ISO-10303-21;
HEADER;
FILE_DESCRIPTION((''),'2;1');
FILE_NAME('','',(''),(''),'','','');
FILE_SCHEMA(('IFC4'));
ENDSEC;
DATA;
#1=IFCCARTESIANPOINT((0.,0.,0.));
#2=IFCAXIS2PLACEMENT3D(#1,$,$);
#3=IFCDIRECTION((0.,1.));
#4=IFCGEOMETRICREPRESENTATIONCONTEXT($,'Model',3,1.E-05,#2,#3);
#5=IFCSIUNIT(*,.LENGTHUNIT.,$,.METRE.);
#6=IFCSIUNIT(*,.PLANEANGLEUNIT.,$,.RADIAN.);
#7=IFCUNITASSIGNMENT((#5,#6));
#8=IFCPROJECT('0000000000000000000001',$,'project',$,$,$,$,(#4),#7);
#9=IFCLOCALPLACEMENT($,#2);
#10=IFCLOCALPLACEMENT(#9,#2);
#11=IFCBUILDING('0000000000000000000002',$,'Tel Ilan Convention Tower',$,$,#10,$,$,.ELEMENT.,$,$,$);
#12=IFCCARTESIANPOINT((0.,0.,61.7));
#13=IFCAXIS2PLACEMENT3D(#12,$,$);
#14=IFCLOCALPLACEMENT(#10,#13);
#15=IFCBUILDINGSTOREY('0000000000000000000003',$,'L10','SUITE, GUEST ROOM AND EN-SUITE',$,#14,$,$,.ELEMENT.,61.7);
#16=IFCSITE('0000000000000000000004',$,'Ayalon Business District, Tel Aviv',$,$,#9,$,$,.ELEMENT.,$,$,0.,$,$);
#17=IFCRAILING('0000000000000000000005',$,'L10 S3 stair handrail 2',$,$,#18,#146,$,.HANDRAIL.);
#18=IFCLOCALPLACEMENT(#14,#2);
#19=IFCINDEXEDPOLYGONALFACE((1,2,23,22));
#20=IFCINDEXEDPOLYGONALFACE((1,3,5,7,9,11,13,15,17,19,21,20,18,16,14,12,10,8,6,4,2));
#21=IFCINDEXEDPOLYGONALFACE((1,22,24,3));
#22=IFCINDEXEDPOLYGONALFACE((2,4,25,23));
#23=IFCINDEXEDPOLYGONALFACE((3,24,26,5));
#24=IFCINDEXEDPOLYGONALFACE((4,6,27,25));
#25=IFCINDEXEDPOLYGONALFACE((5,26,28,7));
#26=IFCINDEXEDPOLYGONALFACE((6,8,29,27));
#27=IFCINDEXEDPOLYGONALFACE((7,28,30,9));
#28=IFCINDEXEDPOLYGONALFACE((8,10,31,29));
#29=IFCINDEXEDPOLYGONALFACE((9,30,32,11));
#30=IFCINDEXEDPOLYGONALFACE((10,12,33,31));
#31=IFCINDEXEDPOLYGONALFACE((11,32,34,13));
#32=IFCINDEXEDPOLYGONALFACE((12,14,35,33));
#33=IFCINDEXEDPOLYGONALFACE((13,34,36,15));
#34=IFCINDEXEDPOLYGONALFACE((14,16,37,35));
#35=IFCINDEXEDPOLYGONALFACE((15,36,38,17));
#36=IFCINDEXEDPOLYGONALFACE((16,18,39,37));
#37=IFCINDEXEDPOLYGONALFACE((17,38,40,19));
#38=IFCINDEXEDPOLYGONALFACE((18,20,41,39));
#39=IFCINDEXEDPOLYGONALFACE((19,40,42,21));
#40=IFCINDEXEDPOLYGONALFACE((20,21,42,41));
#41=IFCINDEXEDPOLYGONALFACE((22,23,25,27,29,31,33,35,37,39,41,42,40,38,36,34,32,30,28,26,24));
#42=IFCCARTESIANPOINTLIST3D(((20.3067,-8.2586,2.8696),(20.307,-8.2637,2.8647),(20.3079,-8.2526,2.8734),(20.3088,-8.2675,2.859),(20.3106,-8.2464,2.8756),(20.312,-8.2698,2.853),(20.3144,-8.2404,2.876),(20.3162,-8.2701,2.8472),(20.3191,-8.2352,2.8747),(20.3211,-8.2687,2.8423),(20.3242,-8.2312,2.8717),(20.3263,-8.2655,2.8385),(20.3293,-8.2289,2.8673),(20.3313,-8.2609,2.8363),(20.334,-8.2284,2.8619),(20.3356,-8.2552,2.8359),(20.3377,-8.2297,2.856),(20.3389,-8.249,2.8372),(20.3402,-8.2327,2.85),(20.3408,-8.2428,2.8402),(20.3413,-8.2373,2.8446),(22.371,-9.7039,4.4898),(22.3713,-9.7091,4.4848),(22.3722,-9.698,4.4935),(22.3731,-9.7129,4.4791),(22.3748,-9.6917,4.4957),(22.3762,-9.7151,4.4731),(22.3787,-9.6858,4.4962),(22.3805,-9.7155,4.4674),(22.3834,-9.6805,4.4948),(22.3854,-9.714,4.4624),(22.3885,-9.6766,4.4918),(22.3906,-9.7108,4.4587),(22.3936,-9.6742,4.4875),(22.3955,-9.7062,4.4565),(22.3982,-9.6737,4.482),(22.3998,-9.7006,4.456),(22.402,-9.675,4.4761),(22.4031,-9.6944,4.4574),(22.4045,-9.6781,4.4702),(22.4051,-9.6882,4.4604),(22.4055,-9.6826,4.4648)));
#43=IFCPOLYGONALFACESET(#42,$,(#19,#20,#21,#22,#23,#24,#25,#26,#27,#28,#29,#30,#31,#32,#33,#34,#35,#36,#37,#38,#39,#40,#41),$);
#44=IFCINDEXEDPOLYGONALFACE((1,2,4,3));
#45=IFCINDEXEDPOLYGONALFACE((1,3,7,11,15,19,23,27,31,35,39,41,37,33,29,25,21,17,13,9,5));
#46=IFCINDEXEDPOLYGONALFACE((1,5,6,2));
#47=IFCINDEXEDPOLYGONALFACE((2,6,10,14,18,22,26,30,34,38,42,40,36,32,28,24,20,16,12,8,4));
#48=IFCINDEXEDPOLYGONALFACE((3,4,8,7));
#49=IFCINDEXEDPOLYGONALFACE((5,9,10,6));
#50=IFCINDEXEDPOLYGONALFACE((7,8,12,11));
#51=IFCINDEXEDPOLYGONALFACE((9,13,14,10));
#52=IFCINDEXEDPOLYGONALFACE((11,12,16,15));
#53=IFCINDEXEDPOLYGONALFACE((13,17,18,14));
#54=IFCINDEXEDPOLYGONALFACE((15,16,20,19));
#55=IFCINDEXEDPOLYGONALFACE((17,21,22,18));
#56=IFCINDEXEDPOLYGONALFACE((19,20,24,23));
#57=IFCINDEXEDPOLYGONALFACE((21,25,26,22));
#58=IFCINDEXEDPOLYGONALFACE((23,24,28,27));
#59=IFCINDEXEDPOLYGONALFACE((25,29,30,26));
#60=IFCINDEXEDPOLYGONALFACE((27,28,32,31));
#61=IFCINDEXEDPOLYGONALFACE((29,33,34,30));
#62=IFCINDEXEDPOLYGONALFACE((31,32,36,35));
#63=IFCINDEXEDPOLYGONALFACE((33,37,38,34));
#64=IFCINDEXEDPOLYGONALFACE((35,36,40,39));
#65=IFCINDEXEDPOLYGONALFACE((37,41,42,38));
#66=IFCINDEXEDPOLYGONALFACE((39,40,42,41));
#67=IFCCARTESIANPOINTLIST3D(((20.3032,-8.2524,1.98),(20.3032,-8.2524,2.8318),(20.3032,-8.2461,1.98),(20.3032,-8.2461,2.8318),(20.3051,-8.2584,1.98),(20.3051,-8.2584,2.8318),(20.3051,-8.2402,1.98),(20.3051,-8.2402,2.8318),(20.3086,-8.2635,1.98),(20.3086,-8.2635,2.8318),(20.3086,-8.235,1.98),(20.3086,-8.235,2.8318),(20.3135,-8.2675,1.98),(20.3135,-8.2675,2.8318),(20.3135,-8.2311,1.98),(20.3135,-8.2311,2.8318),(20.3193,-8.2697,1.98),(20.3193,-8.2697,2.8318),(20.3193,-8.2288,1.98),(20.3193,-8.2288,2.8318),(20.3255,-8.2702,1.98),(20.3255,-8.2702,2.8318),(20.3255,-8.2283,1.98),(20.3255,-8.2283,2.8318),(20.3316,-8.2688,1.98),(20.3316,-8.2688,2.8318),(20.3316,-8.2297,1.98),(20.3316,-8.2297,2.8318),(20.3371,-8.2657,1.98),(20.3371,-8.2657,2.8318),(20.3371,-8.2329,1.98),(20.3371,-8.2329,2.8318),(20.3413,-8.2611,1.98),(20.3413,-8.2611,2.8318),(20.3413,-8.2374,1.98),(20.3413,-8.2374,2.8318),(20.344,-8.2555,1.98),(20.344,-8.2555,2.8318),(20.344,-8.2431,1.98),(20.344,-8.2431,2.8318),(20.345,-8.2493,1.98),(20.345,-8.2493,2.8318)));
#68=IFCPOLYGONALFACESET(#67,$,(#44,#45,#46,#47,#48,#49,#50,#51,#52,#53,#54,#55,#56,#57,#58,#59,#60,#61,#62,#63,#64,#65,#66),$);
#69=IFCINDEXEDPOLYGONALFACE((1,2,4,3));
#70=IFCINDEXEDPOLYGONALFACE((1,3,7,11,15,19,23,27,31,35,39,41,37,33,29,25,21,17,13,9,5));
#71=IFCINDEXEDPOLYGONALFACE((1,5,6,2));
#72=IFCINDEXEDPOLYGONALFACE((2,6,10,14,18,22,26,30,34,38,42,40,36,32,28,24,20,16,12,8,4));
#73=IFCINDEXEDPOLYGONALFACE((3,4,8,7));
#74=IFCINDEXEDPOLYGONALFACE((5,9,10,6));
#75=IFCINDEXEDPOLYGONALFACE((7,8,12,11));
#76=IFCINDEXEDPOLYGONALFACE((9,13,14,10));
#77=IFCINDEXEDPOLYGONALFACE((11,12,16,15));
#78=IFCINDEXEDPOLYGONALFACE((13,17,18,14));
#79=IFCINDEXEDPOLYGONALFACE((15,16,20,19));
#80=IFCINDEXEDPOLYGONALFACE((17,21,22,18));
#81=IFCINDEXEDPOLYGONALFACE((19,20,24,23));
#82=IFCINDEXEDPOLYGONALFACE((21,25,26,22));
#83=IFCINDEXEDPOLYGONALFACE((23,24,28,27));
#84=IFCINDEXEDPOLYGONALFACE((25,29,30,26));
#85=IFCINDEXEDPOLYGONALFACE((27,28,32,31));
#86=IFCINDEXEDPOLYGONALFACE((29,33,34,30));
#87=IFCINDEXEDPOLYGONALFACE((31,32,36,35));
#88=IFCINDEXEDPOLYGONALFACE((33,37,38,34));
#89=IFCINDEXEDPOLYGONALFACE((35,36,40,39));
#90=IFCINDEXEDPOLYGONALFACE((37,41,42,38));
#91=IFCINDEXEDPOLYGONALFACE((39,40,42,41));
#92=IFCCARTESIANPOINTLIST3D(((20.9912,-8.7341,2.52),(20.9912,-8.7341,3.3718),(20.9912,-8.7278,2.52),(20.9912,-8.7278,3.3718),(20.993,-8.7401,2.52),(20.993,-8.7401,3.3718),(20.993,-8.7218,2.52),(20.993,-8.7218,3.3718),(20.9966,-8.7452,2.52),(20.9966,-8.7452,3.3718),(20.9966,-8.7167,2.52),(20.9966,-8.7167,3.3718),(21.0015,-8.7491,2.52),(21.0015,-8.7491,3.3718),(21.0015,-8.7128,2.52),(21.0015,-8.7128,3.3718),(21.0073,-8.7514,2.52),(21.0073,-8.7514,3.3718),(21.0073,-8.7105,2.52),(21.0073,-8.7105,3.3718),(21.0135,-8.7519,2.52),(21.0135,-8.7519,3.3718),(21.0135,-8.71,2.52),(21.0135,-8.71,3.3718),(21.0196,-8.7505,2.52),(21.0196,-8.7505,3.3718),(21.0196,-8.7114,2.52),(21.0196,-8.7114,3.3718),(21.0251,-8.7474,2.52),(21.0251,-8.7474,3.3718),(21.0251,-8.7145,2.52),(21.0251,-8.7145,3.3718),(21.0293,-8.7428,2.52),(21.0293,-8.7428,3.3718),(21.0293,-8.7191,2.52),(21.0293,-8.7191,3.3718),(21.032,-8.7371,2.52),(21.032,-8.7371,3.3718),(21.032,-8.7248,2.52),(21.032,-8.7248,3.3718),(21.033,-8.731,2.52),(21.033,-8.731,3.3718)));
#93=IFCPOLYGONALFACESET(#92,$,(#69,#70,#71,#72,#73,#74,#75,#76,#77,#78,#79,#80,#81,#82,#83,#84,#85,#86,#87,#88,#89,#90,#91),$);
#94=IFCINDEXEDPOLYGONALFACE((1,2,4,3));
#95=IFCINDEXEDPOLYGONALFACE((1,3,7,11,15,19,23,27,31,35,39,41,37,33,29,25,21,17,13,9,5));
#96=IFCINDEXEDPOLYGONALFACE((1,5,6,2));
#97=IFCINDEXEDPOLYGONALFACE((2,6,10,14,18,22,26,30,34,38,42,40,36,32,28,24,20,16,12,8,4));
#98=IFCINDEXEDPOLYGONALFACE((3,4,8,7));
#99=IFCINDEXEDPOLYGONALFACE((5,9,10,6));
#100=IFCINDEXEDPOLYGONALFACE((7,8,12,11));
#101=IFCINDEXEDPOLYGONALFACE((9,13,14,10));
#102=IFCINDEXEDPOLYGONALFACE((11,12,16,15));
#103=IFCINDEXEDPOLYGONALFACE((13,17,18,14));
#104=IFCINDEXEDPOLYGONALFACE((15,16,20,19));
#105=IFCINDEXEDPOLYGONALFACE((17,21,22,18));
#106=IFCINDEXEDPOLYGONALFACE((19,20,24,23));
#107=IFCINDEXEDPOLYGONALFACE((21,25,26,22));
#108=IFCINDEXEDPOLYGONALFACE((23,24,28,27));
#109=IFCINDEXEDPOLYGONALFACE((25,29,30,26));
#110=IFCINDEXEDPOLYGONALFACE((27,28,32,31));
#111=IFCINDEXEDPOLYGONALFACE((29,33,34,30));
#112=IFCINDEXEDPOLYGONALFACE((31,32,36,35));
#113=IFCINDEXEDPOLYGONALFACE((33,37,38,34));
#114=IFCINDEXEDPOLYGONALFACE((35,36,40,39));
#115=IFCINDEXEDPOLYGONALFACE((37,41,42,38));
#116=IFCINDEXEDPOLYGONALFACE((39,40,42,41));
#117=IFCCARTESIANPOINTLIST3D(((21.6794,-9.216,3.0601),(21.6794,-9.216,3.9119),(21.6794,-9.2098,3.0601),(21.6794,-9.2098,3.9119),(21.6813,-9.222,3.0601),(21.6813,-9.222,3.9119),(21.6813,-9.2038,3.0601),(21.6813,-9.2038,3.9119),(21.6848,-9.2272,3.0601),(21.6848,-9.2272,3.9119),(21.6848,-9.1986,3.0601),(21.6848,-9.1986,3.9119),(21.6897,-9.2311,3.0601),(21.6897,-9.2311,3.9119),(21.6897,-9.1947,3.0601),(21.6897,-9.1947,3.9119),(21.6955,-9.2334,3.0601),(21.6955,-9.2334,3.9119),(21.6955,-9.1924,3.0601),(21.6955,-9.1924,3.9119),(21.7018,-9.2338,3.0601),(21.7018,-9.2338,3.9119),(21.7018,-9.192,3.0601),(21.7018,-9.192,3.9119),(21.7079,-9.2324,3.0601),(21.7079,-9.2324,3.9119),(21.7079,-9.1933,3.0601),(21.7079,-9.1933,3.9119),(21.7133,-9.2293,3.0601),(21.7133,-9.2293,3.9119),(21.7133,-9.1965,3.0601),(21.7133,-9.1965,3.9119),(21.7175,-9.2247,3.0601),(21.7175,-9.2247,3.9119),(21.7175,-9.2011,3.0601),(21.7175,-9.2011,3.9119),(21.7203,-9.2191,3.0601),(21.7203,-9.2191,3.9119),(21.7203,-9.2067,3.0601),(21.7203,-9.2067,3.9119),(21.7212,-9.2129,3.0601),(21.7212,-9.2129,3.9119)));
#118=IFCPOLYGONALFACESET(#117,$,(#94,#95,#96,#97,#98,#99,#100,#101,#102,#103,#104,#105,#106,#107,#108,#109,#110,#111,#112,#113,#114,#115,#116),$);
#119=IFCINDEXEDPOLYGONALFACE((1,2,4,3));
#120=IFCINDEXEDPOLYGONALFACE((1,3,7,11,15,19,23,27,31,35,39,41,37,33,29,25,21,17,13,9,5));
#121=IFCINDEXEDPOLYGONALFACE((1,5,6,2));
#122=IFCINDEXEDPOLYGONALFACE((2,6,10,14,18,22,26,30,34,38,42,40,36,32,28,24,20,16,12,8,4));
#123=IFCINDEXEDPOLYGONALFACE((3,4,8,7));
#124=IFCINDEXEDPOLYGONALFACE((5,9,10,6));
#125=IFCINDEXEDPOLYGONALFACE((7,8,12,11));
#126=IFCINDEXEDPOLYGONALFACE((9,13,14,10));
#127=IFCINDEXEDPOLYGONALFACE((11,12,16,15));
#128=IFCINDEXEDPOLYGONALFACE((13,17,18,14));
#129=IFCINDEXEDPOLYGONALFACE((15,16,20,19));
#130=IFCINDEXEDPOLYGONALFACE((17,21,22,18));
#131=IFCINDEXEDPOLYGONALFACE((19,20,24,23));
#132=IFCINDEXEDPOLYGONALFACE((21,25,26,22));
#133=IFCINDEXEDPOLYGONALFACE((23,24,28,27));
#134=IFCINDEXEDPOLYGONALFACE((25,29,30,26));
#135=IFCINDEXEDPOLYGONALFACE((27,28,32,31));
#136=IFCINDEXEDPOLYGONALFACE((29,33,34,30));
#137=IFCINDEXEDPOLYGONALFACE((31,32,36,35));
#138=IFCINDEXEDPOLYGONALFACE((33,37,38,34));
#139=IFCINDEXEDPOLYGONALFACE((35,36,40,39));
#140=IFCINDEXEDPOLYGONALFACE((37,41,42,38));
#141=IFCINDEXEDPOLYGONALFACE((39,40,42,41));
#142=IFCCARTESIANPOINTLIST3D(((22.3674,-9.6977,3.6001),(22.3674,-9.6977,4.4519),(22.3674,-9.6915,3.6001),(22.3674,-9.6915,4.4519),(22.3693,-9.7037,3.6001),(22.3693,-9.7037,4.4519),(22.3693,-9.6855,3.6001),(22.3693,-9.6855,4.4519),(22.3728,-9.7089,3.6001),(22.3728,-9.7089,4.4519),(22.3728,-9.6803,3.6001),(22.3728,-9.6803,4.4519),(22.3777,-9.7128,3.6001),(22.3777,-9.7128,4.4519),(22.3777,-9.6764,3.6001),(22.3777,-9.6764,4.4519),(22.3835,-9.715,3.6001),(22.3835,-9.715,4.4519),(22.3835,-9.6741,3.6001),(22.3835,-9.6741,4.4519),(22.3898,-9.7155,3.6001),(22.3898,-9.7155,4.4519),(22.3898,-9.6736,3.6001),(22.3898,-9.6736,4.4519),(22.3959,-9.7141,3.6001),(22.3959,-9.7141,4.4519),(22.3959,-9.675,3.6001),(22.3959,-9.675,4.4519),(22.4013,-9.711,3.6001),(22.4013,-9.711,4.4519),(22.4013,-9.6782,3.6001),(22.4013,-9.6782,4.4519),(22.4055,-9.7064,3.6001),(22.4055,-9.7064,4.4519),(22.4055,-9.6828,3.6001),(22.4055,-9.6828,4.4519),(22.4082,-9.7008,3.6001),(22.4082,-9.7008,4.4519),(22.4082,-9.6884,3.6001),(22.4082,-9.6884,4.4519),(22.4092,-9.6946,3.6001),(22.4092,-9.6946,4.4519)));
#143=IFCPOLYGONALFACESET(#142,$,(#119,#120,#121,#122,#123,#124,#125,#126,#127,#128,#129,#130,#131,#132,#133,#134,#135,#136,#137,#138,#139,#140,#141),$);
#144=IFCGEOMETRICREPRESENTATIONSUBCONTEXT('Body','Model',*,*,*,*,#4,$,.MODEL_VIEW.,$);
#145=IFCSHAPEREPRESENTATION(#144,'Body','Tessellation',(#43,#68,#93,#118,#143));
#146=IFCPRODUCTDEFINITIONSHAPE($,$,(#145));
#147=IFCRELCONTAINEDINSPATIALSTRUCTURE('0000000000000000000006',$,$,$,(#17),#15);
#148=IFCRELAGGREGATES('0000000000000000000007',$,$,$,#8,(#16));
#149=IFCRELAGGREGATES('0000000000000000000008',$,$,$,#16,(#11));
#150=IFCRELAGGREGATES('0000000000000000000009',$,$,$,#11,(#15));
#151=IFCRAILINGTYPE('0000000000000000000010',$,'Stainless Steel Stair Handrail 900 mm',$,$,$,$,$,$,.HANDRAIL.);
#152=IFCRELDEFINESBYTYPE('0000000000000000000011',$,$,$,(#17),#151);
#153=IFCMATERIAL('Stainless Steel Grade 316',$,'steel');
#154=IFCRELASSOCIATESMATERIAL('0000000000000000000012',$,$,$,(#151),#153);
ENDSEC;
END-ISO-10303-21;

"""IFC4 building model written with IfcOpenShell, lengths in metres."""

from ifc_helpers import new_model, si_unit, direction, frame, origin, origin_2d, place, context, subcontext, project, spatial, circle, extrude, material, type_object, element, save


model = new_model("IFC4")

# Units and contexts
model_context = context("Model", 3, precision=1e-05, world=origin(), true_north=direction((0.0, 1.0)))
body_context = subcontext(model_context, "Body", "Model", "MODEL_VIEW")
ifc_project = project(units=[si_unit("LENGTHUNIT", "METRE"), si_unit("PLANEANGLEUNIT", "RADIAN")], contexts=[model_context])

# Site, building, storey
site_placement = place(None, origin())
site = spatial("IfcSite", under=ifc_project, at=site_placement, Name="Ayalon Business District, Tel Aviv", CompositionType="ELEMENT", RefElevation=0.0)
building_placement = place(site_placement, origin())
building = spatial("IfcBuilding", under=site, at=building_placement, Name="Tel Ilan Convention Tower", CompositionType="ELEMENT")
storey_placement = place(building_placement, frame((0.0, 0.0, 61.7)))
storey = spatial("IfcBuildingStorey", under=building, at=storey_placement, Name="L10", Description="SUITE, GUEST ROOM AND EN-SUITE", CompositionType="ELEMENT", Elevation=61.7)

# Railing
ifc_material_1 = material(Name="Stainless Steel Grade 316", Category="steel")
railing_type_1 = type_object("IfcRailingType", Name="Stainless Steel Stair Handrail 900 mm", PredefinedType="HANDRAIL", material=ifc_material_1)
railing_1_placement = place(storey_placement, frame((20.324, -8.2493, 1.98)))
element("IfcRailing", 1, at=railing_1_placement, inside=storey, type_object=railing_type_1, Name="L10 S3 stair handrail 2", PredefinedType="HANDRAIL", context=body_context, shape_type="SweptSolid", body=[
    extrude(circle(Radius=0.0239, at=origin_2d()), frame((0.0, 0.0, 0.876), z_axis=(0.68904, -0.48245, 0.540801), x_axis=(0.57356, 0.819164, 0.0)), (0.0, 0.0, 1.0), 2.9958),
    extrude(circle(Radius=0.021, at=origin_2d()), origin(), (0.0, 0.0, 1.0), 0.8518),
    extrude(circle(Radius=0.021, at=origin_2d()), frame((0.688, -0.4817, 0.54)), (0.0, 0.0, 1.0), 0.8518),
    extrude(circle(Radius=0.021, at=origin_2d()), frame((1.3762, -0.9636, 1.0801)), (0.0, 0.0, 1.0), 0.8518),
    extrude(circle(Radius=0.021, at=origin_2d()), frame((2.0642, -1.4453, 1.6201)), (0.0, 0.0, 1.0), 0.8518),
])

save(model, "model.ifc")
